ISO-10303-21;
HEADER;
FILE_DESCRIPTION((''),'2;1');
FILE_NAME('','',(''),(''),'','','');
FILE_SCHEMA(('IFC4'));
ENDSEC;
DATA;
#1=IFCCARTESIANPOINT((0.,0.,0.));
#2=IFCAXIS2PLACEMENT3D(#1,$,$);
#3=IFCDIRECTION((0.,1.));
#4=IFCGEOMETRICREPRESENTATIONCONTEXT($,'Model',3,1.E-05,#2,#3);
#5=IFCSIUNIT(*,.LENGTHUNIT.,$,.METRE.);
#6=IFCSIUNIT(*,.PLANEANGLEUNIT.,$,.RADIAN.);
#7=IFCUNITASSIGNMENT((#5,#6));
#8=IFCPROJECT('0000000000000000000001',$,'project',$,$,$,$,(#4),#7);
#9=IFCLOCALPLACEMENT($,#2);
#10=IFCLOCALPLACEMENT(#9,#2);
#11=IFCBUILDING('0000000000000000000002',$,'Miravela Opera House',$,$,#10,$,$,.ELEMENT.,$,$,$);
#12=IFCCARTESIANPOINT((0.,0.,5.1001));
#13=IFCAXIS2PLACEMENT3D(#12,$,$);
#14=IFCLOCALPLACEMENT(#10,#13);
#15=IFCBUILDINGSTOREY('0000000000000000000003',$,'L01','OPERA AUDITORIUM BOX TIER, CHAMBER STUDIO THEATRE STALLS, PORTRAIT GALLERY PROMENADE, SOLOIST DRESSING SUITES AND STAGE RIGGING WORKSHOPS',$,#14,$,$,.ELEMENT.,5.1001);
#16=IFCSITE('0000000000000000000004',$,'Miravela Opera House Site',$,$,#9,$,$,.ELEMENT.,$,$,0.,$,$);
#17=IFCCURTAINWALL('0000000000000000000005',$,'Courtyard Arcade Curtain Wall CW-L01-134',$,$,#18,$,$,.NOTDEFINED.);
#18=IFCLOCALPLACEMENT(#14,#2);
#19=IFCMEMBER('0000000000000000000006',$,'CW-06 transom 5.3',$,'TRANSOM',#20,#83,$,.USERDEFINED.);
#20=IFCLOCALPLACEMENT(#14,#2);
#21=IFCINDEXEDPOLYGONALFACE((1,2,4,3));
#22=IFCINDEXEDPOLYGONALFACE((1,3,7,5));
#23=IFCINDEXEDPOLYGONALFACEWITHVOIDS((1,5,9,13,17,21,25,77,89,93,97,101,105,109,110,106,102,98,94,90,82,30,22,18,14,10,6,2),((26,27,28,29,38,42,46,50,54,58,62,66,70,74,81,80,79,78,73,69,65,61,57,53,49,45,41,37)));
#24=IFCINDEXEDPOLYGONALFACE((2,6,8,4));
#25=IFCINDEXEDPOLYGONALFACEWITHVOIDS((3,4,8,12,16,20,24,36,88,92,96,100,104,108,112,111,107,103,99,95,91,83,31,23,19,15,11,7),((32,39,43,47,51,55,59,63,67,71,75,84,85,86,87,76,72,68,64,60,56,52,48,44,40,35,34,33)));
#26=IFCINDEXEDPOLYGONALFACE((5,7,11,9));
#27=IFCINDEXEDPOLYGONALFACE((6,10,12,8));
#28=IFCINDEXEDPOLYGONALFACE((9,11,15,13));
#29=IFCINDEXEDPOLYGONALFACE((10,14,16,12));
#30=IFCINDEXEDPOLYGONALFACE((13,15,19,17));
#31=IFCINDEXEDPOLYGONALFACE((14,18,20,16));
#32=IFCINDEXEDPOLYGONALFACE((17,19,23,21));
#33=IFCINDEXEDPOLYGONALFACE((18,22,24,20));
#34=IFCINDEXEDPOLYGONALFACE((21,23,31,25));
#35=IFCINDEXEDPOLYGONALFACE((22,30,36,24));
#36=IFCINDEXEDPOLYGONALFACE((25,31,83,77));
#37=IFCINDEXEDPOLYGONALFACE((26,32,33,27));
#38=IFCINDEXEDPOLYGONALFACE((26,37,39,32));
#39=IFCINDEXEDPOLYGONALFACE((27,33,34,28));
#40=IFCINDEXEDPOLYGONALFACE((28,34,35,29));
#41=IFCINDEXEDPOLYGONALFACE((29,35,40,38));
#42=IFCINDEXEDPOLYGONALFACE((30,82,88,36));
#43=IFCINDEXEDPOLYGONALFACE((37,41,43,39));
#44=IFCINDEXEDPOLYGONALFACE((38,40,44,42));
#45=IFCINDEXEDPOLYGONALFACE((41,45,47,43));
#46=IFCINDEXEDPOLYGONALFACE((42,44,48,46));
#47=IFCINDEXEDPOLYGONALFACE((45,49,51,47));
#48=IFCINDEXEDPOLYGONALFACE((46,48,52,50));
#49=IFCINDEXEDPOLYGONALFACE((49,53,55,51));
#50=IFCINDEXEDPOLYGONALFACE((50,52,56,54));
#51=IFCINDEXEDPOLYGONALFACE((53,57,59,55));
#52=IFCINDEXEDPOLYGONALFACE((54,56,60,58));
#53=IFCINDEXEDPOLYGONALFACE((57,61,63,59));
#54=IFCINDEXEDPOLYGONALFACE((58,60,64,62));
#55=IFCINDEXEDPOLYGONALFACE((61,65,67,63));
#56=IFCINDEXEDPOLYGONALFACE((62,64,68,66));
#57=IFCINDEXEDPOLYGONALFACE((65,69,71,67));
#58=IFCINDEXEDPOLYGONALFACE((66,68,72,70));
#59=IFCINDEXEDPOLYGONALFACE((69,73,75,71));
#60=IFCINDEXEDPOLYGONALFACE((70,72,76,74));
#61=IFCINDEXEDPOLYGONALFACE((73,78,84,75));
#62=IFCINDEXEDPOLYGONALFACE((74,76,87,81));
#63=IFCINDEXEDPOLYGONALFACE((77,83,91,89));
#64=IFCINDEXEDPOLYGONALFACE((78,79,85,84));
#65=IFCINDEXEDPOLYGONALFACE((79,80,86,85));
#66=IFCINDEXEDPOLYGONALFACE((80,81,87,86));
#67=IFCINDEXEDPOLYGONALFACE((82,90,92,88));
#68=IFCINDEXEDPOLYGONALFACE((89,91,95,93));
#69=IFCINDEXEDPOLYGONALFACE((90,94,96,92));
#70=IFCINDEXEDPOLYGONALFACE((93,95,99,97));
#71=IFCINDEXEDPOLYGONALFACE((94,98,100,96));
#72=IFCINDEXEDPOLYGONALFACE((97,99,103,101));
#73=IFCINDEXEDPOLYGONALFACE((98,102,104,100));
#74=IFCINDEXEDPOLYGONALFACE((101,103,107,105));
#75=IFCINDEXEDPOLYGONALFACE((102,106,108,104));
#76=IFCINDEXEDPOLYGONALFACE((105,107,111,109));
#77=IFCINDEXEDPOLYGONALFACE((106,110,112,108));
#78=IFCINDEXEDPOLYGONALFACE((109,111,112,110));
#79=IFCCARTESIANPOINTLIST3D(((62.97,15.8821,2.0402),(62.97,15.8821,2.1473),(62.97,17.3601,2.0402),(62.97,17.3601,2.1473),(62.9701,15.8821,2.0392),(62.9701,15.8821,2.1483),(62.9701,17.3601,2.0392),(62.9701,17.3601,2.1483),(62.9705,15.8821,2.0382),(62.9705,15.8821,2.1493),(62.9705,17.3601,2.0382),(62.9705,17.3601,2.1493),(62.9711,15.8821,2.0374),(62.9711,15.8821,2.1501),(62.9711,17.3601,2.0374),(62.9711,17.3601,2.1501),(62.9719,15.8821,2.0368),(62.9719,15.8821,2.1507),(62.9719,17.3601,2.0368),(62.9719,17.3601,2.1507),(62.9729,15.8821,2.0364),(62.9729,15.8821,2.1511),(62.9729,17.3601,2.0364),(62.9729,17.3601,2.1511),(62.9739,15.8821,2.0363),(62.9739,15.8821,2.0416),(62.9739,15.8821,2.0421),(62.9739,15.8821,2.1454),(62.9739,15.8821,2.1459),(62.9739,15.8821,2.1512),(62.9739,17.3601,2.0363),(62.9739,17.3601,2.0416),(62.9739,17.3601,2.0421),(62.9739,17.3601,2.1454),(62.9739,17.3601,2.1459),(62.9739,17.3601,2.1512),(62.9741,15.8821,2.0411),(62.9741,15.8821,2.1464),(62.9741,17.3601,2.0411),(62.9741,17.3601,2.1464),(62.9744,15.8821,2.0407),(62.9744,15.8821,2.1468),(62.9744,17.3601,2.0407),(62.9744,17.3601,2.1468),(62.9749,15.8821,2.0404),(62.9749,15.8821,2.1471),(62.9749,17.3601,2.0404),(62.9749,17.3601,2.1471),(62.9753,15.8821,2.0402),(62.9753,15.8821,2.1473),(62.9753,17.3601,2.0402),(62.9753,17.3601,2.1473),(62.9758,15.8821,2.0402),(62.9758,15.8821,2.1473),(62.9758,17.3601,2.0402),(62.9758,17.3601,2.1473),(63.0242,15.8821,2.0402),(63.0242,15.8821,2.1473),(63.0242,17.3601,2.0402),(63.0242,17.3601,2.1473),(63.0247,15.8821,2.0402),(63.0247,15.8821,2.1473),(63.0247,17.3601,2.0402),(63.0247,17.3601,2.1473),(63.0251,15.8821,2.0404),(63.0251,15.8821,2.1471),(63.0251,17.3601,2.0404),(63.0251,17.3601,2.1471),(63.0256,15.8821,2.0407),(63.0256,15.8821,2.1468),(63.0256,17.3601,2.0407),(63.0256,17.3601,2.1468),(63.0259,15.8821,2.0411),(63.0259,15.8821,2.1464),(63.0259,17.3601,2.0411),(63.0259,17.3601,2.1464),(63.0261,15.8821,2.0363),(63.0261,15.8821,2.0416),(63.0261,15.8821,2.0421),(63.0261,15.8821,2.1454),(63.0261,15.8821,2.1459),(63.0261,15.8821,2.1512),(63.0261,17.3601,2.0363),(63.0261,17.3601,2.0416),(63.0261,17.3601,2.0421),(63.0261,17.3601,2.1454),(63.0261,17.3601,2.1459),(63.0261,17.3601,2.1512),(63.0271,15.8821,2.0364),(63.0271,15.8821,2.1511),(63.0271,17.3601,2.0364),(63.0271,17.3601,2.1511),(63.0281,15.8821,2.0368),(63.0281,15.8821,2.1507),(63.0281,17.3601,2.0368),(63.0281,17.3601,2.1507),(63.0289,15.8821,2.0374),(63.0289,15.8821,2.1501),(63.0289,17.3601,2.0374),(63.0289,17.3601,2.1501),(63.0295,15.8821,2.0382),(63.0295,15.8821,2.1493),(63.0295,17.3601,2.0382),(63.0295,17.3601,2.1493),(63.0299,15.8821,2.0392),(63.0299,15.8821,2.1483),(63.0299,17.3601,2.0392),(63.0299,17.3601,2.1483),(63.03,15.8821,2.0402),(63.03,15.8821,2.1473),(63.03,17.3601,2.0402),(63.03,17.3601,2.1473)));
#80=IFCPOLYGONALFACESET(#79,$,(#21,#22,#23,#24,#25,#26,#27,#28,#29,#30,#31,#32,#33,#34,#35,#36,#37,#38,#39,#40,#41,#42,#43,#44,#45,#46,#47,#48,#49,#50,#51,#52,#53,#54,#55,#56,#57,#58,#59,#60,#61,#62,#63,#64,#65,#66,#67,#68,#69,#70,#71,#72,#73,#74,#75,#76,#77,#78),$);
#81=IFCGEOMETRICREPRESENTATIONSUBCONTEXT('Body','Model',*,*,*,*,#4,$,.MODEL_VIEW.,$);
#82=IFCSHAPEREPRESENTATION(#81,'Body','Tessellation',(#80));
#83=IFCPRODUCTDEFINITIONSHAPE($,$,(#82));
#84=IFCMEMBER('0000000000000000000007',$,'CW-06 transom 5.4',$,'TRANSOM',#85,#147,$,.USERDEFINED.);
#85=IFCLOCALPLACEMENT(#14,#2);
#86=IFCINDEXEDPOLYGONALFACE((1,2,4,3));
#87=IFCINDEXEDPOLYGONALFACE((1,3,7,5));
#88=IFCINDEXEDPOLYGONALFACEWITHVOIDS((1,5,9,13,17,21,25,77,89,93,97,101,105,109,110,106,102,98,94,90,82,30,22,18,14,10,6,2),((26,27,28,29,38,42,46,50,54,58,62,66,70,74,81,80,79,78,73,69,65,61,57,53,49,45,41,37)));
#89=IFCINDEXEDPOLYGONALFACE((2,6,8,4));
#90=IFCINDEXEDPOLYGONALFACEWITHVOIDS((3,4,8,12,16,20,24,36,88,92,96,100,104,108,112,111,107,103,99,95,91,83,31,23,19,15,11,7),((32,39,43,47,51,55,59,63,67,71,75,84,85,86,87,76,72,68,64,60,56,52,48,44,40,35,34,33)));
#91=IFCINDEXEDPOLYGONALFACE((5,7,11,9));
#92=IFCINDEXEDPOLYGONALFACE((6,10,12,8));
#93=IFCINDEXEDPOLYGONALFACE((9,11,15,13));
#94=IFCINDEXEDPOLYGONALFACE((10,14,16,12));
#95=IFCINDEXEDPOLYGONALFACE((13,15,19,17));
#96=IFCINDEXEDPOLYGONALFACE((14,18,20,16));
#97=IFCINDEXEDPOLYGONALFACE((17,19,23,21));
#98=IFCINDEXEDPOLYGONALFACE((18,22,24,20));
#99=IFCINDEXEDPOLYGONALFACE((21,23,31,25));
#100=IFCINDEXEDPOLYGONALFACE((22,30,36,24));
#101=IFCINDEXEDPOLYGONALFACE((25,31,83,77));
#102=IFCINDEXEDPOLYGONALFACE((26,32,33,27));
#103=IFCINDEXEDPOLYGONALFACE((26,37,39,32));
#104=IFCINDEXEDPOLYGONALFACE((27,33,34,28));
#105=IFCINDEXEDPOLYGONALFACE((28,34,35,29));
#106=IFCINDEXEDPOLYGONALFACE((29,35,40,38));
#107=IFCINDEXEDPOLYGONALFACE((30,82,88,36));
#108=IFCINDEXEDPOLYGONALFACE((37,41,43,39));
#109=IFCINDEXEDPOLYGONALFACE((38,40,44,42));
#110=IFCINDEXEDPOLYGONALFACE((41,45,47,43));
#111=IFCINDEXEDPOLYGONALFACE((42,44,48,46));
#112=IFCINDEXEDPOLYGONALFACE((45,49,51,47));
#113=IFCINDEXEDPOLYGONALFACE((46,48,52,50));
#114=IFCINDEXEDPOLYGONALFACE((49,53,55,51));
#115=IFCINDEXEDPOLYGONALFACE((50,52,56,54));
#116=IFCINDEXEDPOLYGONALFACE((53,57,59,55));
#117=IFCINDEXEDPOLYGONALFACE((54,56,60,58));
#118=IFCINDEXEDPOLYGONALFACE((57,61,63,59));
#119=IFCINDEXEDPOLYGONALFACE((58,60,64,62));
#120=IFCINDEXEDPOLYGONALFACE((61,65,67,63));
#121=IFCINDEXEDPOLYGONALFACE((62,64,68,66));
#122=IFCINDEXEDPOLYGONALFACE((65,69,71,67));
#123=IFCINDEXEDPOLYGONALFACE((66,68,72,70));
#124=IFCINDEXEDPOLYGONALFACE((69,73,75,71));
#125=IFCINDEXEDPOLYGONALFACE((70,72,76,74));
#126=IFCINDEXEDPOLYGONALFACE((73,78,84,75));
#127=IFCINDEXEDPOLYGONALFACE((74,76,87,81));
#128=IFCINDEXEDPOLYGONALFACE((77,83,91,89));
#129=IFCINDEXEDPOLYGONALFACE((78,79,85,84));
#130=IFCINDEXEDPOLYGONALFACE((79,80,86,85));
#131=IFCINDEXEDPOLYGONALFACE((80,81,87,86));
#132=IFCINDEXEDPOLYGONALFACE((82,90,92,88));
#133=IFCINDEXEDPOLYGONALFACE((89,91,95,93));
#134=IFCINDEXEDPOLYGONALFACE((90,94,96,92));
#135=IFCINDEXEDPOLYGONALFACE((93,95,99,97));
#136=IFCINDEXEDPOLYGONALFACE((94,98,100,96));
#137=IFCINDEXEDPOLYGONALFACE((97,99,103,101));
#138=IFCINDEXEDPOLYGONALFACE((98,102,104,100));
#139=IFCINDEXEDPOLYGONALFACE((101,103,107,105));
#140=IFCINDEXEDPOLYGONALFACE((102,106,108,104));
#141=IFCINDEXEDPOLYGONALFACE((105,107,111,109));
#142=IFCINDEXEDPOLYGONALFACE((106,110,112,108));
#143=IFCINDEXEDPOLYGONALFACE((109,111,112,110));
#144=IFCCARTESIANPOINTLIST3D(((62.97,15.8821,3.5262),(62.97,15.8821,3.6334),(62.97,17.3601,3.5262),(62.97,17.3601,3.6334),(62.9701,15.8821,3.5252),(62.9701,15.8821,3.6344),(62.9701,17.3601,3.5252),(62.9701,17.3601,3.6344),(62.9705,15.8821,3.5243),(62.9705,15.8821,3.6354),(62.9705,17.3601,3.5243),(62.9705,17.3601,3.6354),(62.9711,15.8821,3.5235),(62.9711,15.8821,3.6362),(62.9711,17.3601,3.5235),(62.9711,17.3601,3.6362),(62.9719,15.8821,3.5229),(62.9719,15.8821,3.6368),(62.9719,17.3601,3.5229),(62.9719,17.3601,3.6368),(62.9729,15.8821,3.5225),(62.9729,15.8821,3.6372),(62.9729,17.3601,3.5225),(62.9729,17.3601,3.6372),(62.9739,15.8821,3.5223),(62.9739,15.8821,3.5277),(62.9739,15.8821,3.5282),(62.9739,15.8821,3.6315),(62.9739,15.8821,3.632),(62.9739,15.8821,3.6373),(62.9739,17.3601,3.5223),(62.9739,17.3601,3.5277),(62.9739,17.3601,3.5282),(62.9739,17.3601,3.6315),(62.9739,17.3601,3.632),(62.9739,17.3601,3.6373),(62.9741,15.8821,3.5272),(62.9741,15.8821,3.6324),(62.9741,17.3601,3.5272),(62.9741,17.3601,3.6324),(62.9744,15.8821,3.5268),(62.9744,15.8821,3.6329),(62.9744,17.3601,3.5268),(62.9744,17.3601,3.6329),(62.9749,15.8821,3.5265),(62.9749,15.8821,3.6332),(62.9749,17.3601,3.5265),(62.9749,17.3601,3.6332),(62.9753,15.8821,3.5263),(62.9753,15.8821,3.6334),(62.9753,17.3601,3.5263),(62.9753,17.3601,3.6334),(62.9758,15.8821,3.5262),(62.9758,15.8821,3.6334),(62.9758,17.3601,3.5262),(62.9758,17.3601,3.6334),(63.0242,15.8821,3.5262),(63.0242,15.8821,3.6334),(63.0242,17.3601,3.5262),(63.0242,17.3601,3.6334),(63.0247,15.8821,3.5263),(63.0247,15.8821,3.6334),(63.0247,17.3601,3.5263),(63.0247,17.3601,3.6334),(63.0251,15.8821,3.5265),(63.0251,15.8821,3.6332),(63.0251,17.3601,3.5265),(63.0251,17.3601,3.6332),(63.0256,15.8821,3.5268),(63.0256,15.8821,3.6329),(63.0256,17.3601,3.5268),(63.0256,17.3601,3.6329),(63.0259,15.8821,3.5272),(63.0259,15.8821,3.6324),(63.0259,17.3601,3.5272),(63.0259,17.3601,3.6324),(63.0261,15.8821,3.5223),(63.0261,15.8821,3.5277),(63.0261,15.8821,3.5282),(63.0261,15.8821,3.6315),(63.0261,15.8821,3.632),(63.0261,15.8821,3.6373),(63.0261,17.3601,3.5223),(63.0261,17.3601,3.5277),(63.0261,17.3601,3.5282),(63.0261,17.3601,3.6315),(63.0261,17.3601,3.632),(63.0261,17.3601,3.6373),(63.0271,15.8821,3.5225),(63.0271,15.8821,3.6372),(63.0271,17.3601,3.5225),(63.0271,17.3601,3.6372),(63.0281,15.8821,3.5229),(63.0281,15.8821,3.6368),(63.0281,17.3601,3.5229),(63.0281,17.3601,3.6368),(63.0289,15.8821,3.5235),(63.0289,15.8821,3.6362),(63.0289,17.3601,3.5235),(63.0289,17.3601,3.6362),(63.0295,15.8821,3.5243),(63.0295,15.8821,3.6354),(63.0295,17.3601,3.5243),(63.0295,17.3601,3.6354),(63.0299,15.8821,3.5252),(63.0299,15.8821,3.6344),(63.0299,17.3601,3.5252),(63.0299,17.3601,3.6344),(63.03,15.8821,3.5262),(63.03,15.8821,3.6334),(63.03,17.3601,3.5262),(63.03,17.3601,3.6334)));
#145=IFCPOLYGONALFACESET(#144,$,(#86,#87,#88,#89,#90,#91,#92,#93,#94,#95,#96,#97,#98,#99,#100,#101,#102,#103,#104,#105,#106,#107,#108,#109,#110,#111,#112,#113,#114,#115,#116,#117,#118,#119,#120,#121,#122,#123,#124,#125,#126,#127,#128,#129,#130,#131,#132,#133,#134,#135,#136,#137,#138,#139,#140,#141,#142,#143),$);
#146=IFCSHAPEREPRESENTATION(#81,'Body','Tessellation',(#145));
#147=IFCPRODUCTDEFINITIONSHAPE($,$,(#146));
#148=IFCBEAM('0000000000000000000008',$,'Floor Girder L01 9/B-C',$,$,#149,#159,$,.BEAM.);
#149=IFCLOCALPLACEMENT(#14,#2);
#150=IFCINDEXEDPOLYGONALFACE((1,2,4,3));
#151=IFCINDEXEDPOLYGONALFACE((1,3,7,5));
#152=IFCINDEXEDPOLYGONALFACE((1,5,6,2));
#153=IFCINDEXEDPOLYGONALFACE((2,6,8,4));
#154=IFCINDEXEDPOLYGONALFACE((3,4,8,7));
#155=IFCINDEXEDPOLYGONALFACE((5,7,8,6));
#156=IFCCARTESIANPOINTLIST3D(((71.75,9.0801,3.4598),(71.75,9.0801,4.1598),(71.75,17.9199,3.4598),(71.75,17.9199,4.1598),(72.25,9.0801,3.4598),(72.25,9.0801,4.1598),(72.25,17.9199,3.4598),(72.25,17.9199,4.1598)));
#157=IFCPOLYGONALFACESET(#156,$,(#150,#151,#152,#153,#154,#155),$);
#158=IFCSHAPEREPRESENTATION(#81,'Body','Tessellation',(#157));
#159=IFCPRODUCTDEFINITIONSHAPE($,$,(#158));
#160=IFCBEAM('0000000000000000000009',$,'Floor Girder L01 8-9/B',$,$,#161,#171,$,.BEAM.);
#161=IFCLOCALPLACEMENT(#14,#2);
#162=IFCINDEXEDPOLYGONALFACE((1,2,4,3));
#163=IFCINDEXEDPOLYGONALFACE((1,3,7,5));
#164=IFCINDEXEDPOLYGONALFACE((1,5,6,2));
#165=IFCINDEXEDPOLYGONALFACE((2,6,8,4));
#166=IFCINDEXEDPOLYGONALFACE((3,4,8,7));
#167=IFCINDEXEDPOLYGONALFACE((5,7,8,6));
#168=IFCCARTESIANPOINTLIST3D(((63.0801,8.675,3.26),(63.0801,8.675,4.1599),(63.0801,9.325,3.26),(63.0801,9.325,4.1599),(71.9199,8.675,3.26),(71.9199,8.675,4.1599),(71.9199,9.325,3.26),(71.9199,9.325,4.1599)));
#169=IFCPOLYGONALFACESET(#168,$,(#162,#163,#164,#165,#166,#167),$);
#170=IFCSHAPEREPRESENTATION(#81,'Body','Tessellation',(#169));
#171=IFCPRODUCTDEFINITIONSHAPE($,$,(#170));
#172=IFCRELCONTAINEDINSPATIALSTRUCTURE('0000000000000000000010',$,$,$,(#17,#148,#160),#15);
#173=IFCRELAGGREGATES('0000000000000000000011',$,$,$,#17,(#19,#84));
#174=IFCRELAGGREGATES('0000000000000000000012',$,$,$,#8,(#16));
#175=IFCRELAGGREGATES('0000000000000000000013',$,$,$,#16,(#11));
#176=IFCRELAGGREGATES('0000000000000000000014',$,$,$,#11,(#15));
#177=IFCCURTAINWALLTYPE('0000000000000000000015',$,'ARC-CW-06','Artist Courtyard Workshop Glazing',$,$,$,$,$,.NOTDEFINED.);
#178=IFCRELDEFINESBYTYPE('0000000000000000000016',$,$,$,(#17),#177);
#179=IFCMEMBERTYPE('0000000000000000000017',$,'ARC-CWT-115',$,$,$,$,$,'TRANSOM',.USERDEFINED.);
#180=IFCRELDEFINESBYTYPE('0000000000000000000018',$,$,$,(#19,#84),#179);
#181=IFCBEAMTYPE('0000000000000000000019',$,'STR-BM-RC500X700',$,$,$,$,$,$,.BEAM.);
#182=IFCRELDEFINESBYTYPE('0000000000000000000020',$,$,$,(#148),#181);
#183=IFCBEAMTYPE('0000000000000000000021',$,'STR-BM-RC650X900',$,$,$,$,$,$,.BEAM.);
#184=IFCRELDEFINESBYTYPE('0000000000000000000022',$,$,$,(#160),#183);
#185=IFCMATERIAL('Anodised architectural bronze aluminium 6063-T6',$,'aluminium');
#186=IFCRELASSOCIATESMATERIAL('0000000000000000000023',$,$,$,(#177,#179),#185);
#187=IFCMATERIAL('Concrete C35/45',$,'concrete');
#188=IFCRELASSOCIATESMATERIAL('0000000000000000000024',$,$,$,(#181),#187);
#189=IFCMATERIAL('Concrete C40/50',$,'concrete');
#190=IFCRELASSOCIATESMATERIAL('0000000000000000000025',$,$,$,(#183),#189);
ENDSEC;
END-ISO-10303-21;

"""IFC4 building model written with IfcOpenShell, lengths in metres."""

from ifc_helpers import new_model, si_unit, direction, frame, origin, origin_2d, place, context, subcontext, project, spatial, rectangle, hollow_rectangle, extrude, material, material_profile, profile_set, type_object, element, aggregate, save


model = new_model("IFC4")

# Units and contexts
model_context = context("Model", 3, precision=1e-05, world=origin(), true_north=direction((0.0, 1.0)))
body_context = subcontext(model_context, "Body", "Model", "MODEL_VIEW")
ifc_project = project(units=[si_unit("LENGTHUNIT", "METRE"), si_unit("PLANEANGLEUNIT", "RADIAN")], contexts=[model_context])

# Site, building, storey
site_placement = place(None, origin())
site = spatial("IfcSite", under=ifc_project, at=site_placement, Name="Miravela Opera House Site", CompositionType="ELEMENT", RefElevation=0.0)
building_placement = place(site_placement, origin())
building = spatial("IfcBuilding", under=site, at=building_placement, Name="Miravela Opera House", CompositionType="ELEMENT")
storey_placement = place(building_placement, frame((0.0, 0.0, 5.1001)))
storey = spatial("IfcBuildingStorey", under=building, at=storey_placement, Name="L01", Description="OPERA AUDITORIUM BOX TIER, CHAMBER STUDIO THEATRE STALLS, PORTRAIT GALLERY PROMENADE, SOLOIST DRESSING SUITES AND STAGE RIGGING WORKSHOPS", CompositionType="ELEMENT", Elevation=5.1001)

# Shared definitions
ifc_material_1 = material(Name="Concrete C35/45", Category="concrete")

# Curtain wall, members
ifc_material_2 = material(Name="Anodised architectural bronze aluminium 6063-T6", Category="aluminium")
curtain_wall_type = type_object("IfcCurtainWallType", Name="ARC-CW-06", Description="Artist Courtyard Workshop Glazing", PredefinedType="NOTDEFINED", material=ifc_material_2)
curtain_wall_placement = place(storey_placement, origin())
curtain_wall = element("IfcCurtainWall", 1, at=curtain_wall_placement, inside=storey, type_object=curtain_wall_type, Name="Courtyard Arcade Curtain Wall CW-L01-134", PredefinedType="NOTDEFINED")
ifc_material_profile_1 = material_profile(ifc_material_2, hollow_rectangle(XDim=0.0601, YDim=0.115, WallThickness=0.0039, InnerFilletRadius=0.002, OuterFilletRadius=0.0039, at=origin_2d()), Name="CWT-60X115")
ifc_profile_set_1 = profile_set([ifc_material_profile_1])
member_type_1 = type_object("IfcMemberType", Name="ARC-CWT-115", ElementType="TRANSOM", PredefinedType="USERDEFINED", material=ifc_profile_set_1)
member_1_placement = place(storey_placement, frame((63.0, 15.8821, 2.0938), z_axis=(0.0, 1.0, 0.0), x_axis=(-1.0, 0.0, 0.0)))
member_1 = element("IfcMember", 2, at=member_1_placement, type_object=member_type_1, Name="CW-06 transom 5.3", ObjectType="TRANSOM", PredefinedType="USERDEFINED", context=body_context, shape_type="SweptSolid", body=[
    extrude(hollow_rectangle(XDim=0.0601, YDim=0.115, WallThickness=0.0039, InnerFilletRadius=0.002, OuterFilletRadius=0.0039, at=origin_2d()), origin(), (0.0, 0.0, 1.0), 1.478),
])
member_2_placement = place(storey_placement, frame((63.0, 15.8821, 3.5798), z_axis=(0.0, 1.0, 0.0), x_axis=(-1.0, 0.0, 0.0)))
member_2 = element("IfcMember", 3, at=member_2_placement, type_object=member_type_1, Name="CW-06 transom 5.4", ObjectType="TRANSOM", PredefinedType="USERDEFINED", context=body_context, shape_type="SweptSolid", body=[
    extrude(hollow_rectangle(XDim=0.0601, YDim=0.115, WallThickness=0.0039, InnerFilletRadius=0.002, OuterFilletRadius=0.0039, at=origin_2d()), origin(), (0.0, 0.0, 1.0), 1.478),
])

# Beams
ifc_material_profile_2 = material_profile(ifc_material_1, rectangle(XDim=0.5, YDim=0.7, at=origin_2d()), Name="RC-BM-500X700")
ifc_profile_set_2 = profile_set([ifc_material_profile_2])
beam_type_1 = type_object("IfcBeamType", Name="STR-BM-RC500X700", PredefinedType="BEAM", material=ifc_profile_set_2)
beam_1_placement = place(storey_placement, frame((72.0, 9.0801, 3.8098), z_axis=(0.0, 1.0, 0.0), x_axis=(-1.0, 0.0, 0.0)))
element("IfcBeam", 4, at=beam_1_placement, inside=storey, type_object=beam_type_1, Name="Floor Girder L01 9/B-C", PredefinedType="BEAM", context=body_context, shape_type="SweptSolid", body=[
    extrude(rectangle(XDim=0.5, YDim=0.7, at=origin_2d()), origin(), (0.0, 0.0, 1.0), 8.8398),
])
ifc_material_3 = material(Name="Concrete C40/50", Category="concrete")
ifc_material_profile_3 = material_profile(ifc_material_3, rectangle(XDim=0.6499, YDim=0.8999, at=origin_2d()), Name="RC-BM-650X900")
ifc_profile_set_3 = profile_set([ifc_material_profile_3])
beam_type_2 = type_object("IfcBeamType", Name="STR-BM-RC650X900", PredefinedType="BEAM", material=ifc_profile_set_3)
beam_2_placement = place(storey_placement, frame((63.0801, 9.0, 3.71), z_axis=(1.0, 0.0, 0.0), x_axis=(0.0, 1.0, 0.0)))
element("IfcBeam", 5, at=beam_2_placement, inside=storey, type_object=beam_type_2, Name="Floor Girder L01 8-9/B", PredefinedType="BEAM", context=body_context, shape_type="SweptSolid", body=[
    extrude(rectangle(XDim=0.6499, YDim=0.8999, at=origin_2d()), origin(), (0.0, 0.0, 1.0), 8.8398),
])

aggregate(curtain_wall, [member_1, member_2])

save(model, "model.ifc")
